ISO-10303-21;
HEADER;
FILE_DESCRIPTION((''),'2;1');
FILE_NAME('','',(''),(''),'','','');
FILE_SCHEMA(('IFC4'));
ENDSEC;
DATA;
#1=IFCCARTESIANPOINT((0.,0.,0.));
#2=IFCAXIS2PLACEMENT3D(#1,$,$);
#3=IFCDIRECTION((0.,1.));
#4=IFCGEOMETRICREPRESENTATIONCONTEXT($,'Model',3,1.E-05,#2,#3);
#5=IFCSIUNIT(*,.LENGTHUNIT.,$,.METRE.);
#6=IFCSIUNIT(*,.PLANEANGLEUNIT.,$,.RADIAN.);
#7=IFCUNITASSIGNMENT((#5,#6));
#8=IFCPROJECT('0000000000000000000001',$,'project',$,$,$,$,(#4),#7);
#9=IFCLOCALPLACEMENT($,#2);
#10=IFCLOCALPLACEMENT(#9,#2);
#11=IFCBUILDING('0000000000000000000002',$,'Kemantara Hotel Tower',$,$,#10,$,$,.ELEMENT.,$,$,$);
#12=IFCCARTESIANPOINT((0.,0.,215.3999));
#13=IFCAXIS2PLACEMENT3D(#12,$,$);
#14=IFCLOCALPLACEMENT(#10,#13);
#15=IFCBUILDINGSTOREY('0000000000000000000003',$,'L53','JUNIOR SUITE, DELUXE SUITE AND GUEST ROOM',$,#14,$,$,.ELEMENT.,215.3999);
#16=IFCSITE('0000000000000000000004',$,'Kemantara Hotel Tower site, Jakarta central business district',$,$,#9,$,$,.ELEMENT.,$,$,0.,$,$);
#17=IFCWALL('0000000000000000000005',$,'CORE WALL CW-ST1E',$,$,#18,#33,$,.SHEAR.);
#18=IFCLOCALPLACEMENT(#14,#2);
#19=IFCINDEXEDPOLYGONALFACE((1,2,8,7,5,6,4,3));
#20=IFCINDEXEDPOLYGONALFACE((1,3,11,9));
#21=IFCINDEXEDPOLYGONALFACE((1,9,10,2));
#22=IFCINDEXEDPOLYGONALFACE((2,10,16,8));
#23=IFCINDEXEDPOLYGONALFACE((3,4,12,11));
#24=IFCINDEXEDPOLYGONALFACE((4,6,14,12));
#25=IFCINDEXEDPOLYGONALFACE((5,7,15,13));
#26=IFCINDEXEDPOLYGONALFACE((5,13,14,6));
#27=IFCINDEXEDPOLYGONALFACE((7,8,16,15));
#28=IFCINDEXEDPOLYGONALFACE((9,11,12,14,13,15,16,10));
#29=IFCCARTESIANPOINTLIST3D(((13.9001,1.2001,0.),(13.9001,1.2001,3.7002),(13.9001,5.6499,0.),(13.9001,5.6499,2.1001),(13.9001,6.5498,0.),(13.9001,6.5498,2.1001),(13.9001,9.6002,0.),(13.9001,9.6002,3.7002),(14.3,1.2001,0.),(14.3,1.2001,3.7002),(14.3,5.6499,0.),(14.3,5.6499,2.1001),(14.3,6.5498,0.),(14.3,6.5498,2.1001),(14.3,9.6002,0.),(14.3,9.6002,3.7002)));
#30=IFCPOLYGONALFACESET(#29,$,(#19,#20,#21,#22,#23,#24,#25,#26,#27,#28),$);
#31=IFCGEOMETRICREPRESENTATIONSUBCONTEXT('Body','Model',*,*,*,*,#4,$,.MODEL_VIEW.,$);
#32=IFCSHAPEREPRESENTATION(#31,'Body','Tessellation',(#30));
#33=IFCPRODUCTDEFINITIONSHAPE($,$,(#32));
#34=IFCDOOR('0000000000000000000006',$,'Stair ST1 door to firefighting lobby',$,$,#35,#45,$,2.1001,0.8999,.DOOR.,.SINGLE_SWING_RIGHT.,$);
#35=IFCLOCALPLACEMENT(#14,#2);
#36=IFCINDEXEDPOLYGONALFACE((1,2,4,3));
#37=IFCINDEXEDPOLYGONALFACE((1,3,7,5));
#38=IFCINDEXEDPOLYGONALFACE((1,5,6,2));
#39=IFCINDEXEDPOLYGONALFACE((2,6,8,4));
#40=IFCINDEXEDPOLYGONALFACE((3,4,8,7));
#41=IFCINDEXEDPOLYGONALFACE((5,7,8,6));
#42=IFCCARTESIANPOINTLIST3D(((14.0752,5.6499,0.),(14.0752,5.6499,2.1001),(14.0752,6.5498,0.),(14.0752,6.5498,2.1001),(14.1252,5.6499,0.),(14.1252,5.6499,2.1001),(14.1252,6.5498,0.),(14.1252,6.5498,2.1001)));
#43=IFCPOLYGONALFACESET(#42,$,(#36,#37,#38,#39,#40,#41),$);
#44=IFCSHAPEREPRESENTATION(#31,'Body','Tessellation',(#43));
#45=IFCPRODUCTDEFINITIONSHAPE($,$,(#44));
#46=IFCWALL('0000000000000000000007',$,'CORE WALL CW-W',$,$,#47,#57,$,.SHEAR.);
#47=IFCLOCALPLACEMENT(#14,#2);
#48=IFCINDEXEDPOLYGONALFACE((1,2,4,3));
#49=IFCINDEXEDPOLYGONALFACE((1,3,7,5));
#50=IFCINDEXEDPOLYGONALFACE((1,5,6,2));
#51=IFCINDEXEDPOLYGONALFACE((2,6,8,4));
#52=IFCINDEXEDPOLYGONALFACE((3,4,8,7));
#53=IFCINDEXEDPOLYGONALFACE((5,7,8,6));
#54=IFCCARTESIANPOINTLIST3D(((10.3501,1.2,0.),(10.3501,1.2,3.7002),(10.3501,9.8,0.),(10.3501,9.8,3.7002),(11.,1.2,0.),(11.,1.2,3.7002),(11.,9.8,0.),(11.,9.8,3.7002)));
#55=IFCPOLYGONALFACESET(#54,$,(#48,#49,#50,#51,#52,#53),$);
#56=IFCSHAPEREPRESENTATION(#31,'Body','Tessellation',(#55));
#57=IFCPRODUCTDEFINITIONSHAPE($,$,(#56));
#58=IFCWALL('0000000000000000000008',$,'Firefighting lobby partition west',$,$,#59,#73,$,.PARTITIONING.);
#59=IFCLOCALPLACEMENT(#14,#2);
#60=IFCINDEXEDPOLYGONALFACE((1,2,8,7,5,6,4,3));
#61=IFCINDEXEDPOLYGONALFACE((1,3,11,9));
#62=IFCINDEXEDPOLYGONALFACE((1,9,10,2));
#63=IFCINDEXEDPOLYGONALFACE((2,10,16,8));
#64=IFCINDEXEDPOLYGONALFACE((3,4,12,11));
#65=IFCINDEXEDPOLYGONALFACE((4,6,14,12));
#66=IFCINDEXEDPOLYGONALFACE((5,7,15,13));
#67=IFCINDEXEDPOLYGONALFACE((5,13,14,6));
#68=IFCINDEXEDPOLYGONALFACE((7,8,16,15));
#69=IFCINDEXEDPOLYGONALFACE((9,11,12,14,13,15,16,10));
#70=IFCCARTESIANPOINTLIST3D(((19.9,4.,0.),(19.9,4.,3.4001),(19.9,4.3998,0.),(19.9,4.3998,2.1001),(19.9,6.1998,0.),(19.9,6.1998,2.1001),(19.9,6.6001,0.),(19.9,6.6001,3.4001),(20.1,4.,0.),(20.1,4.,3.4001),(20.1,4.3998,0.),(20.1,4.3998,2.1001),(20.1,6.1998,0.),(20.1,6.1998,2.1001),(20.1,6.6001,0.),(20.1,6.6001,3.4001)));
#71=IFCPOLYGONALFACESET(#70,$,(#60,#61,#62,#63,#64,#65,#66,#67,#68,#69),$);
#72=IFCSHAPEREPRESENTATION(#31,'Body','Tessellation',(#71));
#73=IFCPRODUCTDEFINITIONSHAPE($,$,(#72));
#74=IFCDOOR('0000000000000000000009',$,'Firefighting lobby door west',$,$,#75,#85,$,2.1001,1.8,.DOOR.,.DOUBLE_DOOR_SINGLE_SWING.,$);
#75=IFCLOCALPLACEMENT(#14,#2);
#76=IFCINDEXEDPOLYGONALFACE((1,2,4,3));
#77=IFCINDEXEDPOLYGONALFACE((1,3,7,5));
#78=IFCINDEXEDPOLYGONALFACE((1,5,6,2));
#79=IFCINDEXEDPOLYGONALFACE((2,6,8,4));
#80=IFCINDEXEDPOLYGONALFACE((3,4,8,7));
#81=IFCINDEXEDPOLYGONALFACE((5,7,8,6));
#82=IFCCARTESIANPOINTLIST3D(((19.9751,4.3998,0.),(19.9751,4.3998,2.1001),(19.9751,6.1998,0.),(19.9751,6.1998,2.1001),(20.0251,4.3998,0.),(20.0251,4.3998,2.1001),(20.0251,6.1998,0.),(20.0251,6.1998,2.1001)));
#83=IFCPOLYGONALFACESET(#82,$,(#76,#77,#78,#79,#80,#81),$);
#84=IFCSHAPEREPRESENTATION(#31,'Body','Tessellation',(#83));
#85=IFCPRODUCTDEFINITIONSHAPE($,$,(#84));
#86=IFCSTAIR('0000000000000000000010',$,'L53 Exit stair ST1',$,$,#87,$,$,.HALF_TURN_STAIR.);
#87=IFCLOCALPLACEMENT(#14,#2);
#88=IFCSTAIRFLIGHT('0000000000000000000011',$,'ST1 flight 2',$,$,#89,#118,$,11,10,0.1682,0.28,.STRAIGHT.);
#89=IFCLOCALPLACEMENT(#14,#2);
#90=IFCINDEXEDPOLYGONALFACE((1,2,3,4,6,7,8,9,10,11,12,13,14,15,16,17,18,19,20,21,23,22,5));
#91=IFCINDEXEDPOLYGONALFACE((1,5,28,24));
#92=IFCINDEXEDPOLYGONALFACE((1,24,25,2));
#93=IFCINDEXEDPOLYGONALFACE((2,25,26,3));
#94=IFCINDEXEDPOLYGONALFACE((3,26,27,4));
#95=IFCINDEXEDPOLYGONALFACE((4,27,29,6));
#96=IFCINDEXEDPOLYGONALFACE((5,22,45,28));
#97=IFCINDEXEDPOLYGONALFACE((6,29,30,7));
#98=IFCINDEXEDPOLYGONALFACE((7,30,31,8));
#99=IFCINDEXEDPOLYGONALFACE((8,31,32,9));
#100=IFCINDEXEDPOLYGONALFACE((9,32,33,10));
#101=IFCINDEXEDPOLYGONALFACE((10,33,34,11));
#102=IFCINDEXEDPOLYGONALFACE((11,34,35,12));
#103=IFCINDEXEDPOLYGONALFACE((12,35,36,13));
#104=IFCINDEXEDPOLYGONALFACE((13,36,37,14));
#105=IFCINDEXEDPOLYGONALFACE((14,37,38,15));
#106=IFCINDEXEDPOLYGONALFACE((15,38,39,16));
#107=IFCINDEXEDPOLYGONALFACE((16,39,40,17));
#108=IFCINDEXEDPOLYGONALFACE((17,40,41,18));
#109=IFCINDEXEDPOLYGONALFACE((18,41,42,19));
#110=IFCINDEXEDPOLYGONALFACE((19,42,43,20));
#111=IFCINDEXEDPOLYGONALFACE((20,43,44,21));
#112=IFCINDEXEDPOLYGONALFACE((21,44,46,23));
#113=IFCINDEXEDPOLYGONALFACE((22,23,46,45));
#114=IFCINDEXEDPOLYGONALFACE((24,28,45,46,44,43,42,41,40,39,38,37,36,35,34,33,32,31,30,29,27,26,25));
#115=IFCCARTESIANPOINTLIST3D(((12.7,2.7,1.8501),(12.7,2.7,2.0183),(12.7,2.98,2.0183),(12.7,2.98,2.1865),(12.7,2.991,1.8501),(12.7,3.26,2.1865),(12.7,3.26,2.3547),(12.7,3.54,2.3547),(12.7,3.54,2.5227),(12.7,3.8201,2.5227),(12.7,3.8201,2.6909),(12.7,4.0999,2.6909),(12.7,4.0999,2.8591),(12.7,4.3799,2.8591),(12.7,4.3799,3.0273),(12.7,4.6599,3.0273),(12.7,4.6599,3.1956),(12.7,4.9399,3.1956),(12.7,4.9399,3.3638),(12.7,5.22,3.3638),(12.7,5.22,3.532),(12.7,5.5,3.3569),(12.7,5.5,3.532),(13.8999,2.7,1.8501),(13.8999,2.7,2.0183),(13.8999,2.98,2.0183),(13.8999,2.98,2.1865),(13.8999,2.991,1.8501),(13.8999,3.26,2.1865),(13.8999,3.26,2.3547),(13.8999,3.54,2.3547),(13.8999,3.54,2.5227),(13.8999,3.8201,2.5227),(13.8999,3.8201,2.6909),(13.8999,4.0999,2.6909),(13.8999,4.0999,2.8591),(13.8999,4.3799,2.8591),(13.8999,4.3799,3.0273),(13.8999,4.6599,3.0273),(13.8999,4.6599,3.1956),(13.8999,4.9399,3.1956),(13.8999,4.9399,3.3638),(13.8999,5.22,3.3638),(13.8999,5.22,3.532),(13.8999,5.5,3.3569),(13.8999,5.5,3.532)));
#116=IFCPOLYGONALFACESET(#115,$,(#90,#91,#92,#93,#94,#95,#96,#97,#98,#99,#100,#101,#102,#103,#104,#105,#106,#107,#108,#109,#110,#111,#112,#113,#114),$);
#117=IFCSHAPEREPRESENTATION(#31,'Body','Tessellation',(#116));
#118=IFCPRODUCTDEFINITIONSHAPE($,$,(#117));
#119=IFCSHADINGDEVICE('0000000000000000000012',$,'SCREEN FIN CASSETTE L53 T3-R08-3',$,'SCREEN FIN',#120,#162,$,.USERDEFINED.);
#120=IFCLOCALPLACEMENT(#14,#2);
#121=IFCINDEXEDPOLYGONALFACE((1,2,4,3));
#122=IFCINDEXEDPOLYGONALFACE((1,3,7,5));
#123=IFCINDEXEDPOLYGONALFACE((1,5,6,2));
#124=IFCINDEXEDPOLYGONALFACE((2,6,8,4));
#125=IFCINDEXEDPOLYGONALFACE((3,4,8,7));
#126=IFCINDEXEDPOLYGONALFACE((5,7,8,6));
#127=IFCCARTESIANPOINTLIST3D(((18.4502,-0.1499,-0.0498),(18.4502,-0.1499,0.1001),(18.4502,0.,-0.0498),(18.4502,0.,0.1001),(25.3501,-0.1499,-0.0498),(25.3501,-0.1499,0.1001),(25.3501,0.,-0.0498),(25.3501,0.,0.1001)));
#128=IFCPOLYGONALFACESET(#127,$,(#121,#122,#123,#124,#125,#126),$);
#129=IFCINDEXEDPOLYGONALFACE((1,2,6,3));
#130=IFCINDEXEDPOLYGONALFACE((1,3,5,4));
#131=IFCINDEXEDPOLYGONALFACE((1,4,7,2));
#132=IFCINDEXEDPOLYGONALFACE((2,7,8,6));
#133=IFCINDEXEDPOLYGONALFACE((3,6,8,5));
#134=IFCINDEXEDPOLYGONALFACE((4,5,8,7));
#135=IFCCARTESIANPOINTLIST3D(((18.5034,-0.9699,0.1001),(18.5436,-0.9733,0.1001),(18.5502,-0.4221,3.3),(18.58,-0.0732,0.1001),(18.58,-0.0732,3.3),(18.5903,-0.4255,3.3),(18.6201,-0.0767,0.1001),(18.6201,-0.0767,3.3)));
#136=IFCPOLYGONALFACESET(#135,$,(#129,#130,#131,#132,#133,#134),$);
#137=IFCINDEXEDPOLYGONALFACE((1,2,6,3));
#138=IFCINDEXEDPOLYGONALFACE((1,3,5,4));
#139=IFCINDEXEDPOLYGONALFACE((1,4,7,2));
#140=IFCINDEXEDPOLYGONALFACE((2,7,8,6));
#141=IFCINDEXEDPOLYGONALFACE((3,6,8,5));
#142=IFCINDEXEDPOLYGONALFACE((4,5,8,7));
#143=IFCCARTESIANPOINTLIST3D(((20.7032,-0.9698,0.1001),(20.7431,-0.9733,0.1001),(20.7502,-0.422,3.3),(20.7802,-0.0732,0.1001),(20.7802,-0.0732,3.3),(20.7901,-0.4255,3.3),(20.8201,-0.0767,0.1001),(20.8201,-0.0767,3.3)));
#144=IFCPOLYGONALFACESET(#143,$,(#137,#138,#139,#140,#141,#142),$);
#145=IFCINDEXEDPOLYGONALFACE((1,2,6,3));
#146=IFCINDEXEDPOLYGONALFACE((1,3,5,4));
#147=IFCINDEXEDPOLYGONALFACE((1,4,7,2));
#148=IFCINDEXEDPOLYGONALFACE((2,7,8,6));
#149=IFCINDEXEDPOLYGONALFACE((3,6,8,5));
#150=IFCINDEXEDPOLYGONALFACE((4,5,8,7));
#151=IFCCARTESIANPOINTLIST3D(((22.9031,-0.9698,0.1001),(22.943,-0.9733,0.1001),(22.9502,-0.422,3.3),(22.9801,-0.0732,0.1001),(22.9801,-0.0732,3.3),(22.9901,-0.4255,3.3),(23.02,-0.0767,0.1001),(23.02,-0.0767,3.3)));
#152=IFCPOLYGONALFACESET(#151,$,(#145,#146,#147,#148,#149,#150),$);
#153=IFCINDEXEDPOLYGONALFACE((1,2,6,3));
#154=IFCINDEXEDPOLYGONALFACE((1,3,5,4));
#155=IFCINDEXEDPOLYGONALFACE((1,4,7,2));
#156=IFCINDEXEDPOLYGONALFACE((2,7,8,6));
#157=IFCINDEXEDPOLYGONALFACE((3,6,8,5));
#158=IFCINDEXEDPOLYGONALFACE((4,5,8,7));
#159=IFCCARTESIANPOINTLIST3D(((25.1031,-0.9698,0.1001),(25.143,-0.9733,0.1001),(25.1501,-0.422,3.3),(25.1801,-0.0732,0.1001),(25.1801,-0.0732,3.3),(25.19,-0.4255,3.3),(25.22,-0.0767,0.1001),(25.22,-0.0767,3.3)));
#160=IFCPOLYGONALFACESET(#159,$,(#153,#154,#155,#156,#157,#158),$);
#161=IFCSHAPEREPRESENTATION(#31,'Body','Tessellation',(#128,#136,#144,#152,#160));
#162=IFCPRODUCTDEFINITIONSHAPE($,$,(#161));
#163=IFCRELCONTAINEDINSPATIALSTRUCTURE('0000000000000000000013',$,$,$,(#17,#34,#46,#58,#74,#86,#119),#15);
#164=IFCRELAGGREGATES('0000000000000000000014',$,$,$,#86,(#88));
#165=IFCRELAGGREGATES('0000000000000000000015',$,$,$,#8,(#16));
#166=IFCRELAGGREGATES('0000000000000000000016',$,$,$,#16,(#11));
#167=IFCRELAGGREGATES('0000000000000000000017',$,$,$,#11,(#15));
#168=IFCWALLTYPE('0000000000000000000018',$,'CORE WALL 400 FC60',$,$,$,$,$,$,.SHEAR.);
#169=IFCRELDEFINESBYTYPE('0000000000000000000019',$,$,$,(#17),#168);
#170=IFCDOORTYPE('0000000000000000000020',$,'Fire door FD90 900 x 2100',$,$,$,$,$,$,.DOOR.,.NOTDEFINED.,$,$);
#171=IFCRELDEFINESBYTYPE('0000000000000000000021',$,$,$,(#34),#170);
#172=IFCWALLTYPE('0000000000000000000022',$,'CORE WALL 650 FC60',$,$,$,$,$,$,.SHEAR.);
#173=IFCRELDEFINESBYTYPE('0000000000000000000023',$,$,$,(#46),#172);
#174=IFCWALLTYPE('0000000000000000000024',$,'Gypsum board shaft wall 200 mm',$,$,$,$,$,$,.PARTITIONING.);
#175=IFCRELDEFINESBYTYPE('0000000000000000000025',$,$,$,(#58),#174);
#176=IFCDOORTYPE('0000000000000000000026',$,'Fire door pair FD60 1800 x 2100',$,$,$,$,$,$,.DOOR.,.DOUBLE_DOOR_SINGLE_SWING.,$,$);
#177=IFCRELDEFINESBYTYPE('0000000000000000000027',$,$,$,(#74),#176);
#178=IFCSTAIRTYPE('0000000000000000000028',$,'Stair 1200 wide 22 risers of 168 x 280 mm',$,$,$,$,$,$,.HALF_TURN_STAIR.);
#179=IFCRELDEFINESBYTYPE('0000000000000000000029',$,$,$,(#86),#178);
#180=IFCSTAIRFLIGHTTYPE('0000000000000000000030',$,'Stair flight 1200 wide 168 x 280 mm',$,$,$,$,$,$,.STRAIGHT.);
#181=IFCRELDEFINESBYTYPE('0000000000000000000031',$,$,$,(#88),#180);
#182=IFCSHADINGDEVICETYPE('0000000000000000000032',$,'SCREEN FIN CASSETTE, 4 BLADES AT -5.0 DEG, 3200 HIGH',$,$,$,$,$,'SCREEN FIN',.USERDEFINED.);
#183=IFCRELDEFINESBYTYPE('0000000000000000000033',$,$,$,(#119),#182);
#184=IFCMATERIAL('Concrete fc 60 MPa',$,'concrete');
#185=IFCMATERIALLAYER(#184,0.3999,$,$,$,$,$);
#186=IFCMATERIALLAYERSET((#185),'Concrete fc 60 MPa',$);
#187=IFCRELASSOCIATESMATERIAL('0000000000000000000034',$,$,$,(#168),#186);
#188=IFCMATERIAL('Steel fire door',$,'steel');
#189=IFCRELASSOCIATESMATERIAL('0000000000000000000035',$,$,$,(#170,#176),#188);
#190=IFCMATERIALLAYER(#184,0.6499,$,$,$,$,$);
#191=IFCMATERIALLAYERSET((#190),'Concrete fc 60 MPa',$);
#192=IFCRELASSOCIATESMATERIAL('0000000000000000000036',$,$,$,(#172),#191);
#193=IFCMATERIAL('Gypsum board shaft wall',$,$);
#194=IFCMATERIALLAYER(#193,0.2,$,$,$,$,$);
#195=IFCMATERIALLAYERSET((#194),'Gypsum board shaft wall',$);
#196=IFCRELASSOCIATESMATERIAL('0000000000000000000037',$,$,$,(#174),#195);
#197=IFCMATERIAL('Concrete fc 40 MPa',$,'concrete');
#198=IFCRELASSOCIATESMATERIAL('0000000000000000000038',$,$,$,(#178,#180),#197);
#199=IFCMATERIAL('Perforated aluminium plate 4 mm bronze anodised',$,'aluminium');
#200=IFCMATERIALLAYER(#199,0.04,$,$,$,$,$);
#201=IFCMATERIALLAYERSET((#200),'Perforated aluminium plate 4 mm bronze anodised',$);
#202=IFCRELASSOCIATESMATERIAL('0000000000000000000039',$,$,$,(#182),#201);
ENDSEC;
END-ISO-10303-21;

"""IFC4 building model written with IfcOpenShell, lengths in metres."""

from ifc_helpers import new_model, si_unit, direction, frame, frame_2d, origin, origin_2d, place, context, subcontext, project, spatial, polyline, rectangle, outline, extrude, source, transform, mapped, material, layer, layer_set, type_object, element, fill, aggregate, save


model = new_model("IFC4")

# Units and contexts
model_context = context("Model", 3, precision=1e-05, world=origin(), true_north=direction((0.0, 1.0)))
body_context = subcontext(model_context, "Body", "Model", "MODEL_VIEW")
ifc_project = project(units=[si_unit("LENGTHUNIT", "METRE"), si_unit("PLANEANGLEUNIT", "RADIAN")], contexts=[model_context])

# Site, building, storey
site_placement = place(None, origin())
site = spatial("IfcSite", under=ifc_project, at=site_placement, Name="Kemantara Hotel Tower site, Jakarta central business district", CompositionType="ELEMENT", RefElevation=0.0)
building_placement = place(site_placement, origin())
building = spatial("IfcBuilding", under=site, at=building_placement, Name="Kemantara Hotel Tower", CompositionType="ELEMENT")
storey_placement = place(building_placement, frame((0.0, 0.0, 215.3999)))
storey = spatial("IfcBuildingStorey", under=building, at=storey_placement, Name="L53", Description="JUNIOR SUITE, DELUXE SUITE AND GUEST ROOM", CompositionType="ELEMENT", Elevation=215.3999)

# Shared definitions
ifc_material_1 = material(Name="Concrete fc 60 MPa", Category="concrete")

# Shared definitions
ifc_layer_1 = layer(ifc_material_1, 0.3999)
ifc_layer_set_1 = layer_set([ifc_layer_1], Name="Concrete fc 60 MPa")
wall_type_1 = type_object("IfcWallType", Name="CORE WALL 400 FC60", PredefinedType="SHEAR", material=ifc_layer_set_1)
ifc_material_2 = material(Name="Steel fire door", Category="steel")

# Wall, opening, door
wall_1_placement = place(storey_placement, frame((14.1001, 1.2, 0.0), z_axis=(0.0, 0.0, 1.0), x_axis=(0.0, 1.0, 0.0)))
wall_1 = element("IfcWall", 1, at=wall_1_placement, inside=storey, type_object=wall_type_1, Name="CORE WALL CW-ST1E", PredefinedType="SHEAR", context=body_context, shape_type="SweptSolid", body=[
    extrude(rectangle(XDim=8.4001, YDim=0.3999, at=frame_2d((4.2002, 0.0))), origin(), (0.0, 0.0, 1.0), 3.7002),
])
opening_1_placement = place(wall_1_placement, frame((4.45, 0.0, 0.0)))
opening_1 = element("IfcOpeningElement", 2, at=opening_1_placement, cuts=wall_1, PredefinedType="OPENING", context=body_context, shape_type="SweptSolid", body=[
    extrude(rectangle(XDim=0.8999, YDim=2.1001, at=frame_2d((0.45, 1.05))), frame((0.0, 0.21, 0.0), z_axis=(0.0, -1.0, 0.0), x_axis=(1.0, 0.0, 0.0)), (0.0, 0.0, 1.0), 0.4199),
])
door_type_1 = type_object("IfcDoorType", Name="Fire door FD90 900 x 2100", OperationType="NOTDEFINED", PredefinedType="DOOR", material=ifc_material_2)
door_1_placement = place(opening_1_placement, origin())
door_1 = element("IfcDoor", 3, at=door_1_placement, inside=storey, type_object=door_type_1, Name="Stair ST1 door to firefighting lobby", OperationType="SINGLE_SWING_RIGHT", OverallHeight=2.1001, OverallWidth=0.8999, PredefinedType="DOOR", context=body_context, shape_type="SweptSolid", body=[
    extrude(rectangle(XDim=0.8999, YDim=2.1001, at=frame_2d((0.45, 1.05))), frame((0.0, 0.0249, 0.0), z_axis=(0.0, -1.0, 0.0), x_axis=(1.0, 0.0, 0.0)), (0.0, 0.0, 1.0), 0.05),
])
fill(opening_1, door_1)

# Wall
ifc_layer_2 = layer(ifc_material_1, 0.6499)
ifc_layer_set_2 = layer_set([ifc_layer_2], Name="Concrete fc 60 MPa")
wall_type_2 = type_object("IfcWallType", Name="CORE WALL 650 FC60", PredefinedType="SHEAR", material=ifc_layer_set_2)
wall_2_placement = place(storey_placement, frame((10.675, 1.2, 0.0), z_axis=(0.0, 0.0, 1.0), x_axis=(0.0, 1.0, 0.0)))
element("IfcWall", 4, at=wall_2_placement, inside=storey, type_object=wall_type_2, Name="CORE WALL CW-W", PredefinedType="SHEAR", context=body_context, shape_type="SweptSolid", body=[
    extrude(rectangle(XDim=8.6001, YDim=0.6499, at=frame_2d((4.3, 0.0))), origin(), (0.0, 0.0, 1.0), 3.7002),
])

# Wall, opening, door
ifc_material_3 = material(Name="Gypsum board shaft wall")
ifc_layer_3 = layer(ifc_material_3, 0.2)
ifc_layer_set_3 = layer_set([ifc_layer_3], Name="Gypsum board shaft wall")
wall_type_3 = type_object("IfcWallType", Name="Gypsum board shaft wall 200 mm", PredefinedType="PARTITIONING", material=ifc_layer_set_3)
wall_3_placement = place(storey_placement, frame((20.0, 4.0, 0.0), z_axis=(0.0, 0.0, 1.0), x_axis=(0.0, 1.0, 0.0)))
wall_3 = element("IfcWall", 5, at=wall_3_placement, inside=storey, type_object=wall_type_3, Name="Firefighting lobby partition west", PredefinedType="PARTITIONING", context=body_context, shape_type="SweptSolid", body=[
    extrude(rectangle(XDim=2.6001, YDim=0.2, at=frame_2d((1.3, 0.0))), origin(), (0.0, 0.0, 1.0), 3.4001),
])
opening_2_placement = place(wall_3_placement, frame((0.3999, 0.0, 0.0)))
opening_2 = element("IfcOpeningElement", 6, at=opening_2_placement, cuts=wall_3, PredefinedType="OPENING", context=body_context, shape_type="SweptSolid", body=[
    extrude(rectangle(XDim=1.8, YDim=2.1001, at=frame_2d((0.8999, 1.05))), frame((0.0, 0.1099, 0.0), z_axis=(0.0, -1.0, 0.0), x_axis=(1.0, 0.0, 0.0)), (0.0, 0.0, 1.0), 0.22),
])
door_type_2 = type_object("IfcDoorType", Name="Fire door pair FD60 1800 x 2100", OperationType="DOUBLE_DOOR_SINGLE_SWING", PredefinedType="DOOR", material=ifc_material_2)
door_2_placement = place(opening_2_placement, origin())
door_2 = element("IfcDoor", 7, at=door_2_placement, inside=storey, type_object=door_type_2, Name="Firefighting lobby door west", OperationType="DOUBLE_DOOR_SINGLE_SWING", OverallHeight=2.1001, OverallWidth=1.8, PredefinedType="DOOR", context=body_context, shape_type="SweptSolid", body=[
    extrude(rectangle(XDim=1.8, YDim=2.1001, at=frame_2d((0.8999, 1.05))), frame((0.0, 0.0249, 0.0), z_axis=(0.0, -1.0, 0.0), x_axis=(1.0, 0.0, 0.0)), (0.0, 0.0, 1.0), 0.05),
])
fill(opening_2, door_2)

# Stair, stair flight
ifc_material_4 = material(Name="Concrete fc 40 MPa", Category="concrete")
stair_type = type_object("IfcStairType", Name="Stair 1200 wide 22 risers of 168 x 280 mm", PredefinedType="HALF_TURN_STAIR", material=ifc_material_4)
stair_placement = place(storey_placement, origin())
stair = element("IfcStair", 8, at=stair_placement, inside=storey, type_object=stair_type, Name="L53 Exit stair ST1", PredefinedType="HALF_TURN_STAIR")
stair_flight_type = type_object("IfcStairFlightType", Name="Stair flight 1200 wide 168 x 280 mm", PredefinedType="STRAIGHT", material=ifc_material_4)
stair_flight_placement = place(storey_placement, frame((13.3, 2.7, 1.8501), z_axis=(0.0, 0.0, 1.0), x_axis=(0.0, 1.0, 0.0)))
stair_flight = element("IfcStairFlight", 9, at=stair_flight_placement, type_object=stair_flight_type, Name="ST1 flight 2", NumberOfRisers=11, NumberOfTreads=10, PredefinedType="STRAIGHT", RiserHeight=0.1682, TreadLength=0.28, context=body_context, shape_type="SweptSolid", body=[
    extrude(outline(polyline([(0.0, 0.0), (0.0, 0.1682), (0.28, 0.1682), (0.28, 0.3364), (0.5601, 0.3364), (0.5601, 0.5046), (0.8401, 0.5046), (0.8401, 0.6726), (1.1201, 0.6726), (1.1201, 0.8408), (1.3999, 0.8408), (1.3999, 1.009), (1.6799, 1.009), (1.6799, 1.1772), (1.96, 1.1772), (1.96, 1.3455), (2.24, 1.3455), (2.24, 1.5137), (2.52, 1.5137), (2.52, 1.6819), (2.8, 1.6819), (2.8, 1.8501), (2.8, 1.5068), (0.291, 0.0), (0.0, 0.0)])), frame((0.0, 0.6001, 0.0), z_axis=(0.0, -1.0, 0.0), x_axis=(1.0, 0.0, 0.0)), (0.0, 0.0, 1.0), 1.2),
])
aggregate(stair, [stair_flight])

# Shading device
ifc_material_5 = material(Name="Perforated aluminium plate 4 mm bronze anodised", Category="aluminium")
ifc_layer_4 = layer(ifc_material_5, 0.04)
ifc_layer_set_4 = layer_set([ifc_layer_4], Name="Perforated aluminium plate 4 mm bronze anodised")
shading_device_type = type_object("IfcShadingDeviceType", Name="SCREEN FIN CASSETTE, 4 BLADES AT -5.0 DEG, 3200 HIGH", ElementType="SCREEN FIN", PredefinedType="USERDEFINED", material=ifc_layer_set_4)
shared_shape = source(origin(), body_context, "Body", "SweptSolid", [
    extrude(rectangle(XDim=6.8999, YDim=0.1499, at=origin_2d()), frame((3.3, -0.075, -0.1499), z_axis=(0.0, 0.0, 1.0), x_axis=(1.0, 0.0, 0.0)), (0.0, 0.0, 1.0), 0.1499),
    extrude(outline(polyline([(0.0, 0.0), (0.8999, 0.0), (0.3501, 3.2), (0.0, 3.2), (0.0, 0.0)])), frame((0.02, -0.0767, 0.0), z_axis=(-0.996376, 0.085056, 0.0), x_axis=(-0.085056, -0.996376, 0.0)), (0.0, 0.0, 1.0), 0.0403),
    extrude(outline(polyline([(0.0, 0.0), (0.8999, 0.0), (0.3501, 3.2), (0.0, 3.2), (0.0, 0.0)])), frame((2.22, -0.0767, 0.0), z_axis=(-0.996332, 0.085575, 0.0), x_axis=(-0.085575, -0.996332, 0.0)), (0.0, 0.0, 1.0), 0.04),
    extrude(outline(polyline([(0.0, 0.0), (0.8999, 0.0), (0.3501, 3.2), (0.0, 3.2), (0.0, 0.0)])), frame((4.4199, -0.0767, 0.0), z_axis=(-0.996332, 0.085575, 0.0), x_axis=(-0.085575, -0.996332, 0.0)), (0.0, 0.0, 1.0), 0.04),
    extrude(outline(polyline([(0.0, 0.0), (0.8999, 0.0), (0.3501, 3.2), (0.0, 3.2), (0.0, 0.0)])), frame((6.6199, -0.0767, 0.0), z_axis=(-0.996332, 0.085575, 0.0), x_axis=(-0.085575, -0.996332, 0.0)), (0.0, 0.0, 1.0), 0.04),
])
shading_device_placement = place(storey_placement, frame((18.6001, 0.0, 0.1001), z_axis=(0.0, 0.0, 1.0), x_axis=(1.0, 0.0, 0.0)))
element("IfcShadingDevice", 10, at=shading_device_placement, inside=storey, type_object=shading_device_type, Name="SCREEN FIN CASSETTE L53 T3-R08-3", ObjectType="SCREEN FIN", PredefinedType="USERDEFINED", context=body_context, shape_type="MappedRepresentation", body=[
    mapped(shared_shape, transform((0.0, 0.0, 0.0))),
])

save(model, "model.ifc")
